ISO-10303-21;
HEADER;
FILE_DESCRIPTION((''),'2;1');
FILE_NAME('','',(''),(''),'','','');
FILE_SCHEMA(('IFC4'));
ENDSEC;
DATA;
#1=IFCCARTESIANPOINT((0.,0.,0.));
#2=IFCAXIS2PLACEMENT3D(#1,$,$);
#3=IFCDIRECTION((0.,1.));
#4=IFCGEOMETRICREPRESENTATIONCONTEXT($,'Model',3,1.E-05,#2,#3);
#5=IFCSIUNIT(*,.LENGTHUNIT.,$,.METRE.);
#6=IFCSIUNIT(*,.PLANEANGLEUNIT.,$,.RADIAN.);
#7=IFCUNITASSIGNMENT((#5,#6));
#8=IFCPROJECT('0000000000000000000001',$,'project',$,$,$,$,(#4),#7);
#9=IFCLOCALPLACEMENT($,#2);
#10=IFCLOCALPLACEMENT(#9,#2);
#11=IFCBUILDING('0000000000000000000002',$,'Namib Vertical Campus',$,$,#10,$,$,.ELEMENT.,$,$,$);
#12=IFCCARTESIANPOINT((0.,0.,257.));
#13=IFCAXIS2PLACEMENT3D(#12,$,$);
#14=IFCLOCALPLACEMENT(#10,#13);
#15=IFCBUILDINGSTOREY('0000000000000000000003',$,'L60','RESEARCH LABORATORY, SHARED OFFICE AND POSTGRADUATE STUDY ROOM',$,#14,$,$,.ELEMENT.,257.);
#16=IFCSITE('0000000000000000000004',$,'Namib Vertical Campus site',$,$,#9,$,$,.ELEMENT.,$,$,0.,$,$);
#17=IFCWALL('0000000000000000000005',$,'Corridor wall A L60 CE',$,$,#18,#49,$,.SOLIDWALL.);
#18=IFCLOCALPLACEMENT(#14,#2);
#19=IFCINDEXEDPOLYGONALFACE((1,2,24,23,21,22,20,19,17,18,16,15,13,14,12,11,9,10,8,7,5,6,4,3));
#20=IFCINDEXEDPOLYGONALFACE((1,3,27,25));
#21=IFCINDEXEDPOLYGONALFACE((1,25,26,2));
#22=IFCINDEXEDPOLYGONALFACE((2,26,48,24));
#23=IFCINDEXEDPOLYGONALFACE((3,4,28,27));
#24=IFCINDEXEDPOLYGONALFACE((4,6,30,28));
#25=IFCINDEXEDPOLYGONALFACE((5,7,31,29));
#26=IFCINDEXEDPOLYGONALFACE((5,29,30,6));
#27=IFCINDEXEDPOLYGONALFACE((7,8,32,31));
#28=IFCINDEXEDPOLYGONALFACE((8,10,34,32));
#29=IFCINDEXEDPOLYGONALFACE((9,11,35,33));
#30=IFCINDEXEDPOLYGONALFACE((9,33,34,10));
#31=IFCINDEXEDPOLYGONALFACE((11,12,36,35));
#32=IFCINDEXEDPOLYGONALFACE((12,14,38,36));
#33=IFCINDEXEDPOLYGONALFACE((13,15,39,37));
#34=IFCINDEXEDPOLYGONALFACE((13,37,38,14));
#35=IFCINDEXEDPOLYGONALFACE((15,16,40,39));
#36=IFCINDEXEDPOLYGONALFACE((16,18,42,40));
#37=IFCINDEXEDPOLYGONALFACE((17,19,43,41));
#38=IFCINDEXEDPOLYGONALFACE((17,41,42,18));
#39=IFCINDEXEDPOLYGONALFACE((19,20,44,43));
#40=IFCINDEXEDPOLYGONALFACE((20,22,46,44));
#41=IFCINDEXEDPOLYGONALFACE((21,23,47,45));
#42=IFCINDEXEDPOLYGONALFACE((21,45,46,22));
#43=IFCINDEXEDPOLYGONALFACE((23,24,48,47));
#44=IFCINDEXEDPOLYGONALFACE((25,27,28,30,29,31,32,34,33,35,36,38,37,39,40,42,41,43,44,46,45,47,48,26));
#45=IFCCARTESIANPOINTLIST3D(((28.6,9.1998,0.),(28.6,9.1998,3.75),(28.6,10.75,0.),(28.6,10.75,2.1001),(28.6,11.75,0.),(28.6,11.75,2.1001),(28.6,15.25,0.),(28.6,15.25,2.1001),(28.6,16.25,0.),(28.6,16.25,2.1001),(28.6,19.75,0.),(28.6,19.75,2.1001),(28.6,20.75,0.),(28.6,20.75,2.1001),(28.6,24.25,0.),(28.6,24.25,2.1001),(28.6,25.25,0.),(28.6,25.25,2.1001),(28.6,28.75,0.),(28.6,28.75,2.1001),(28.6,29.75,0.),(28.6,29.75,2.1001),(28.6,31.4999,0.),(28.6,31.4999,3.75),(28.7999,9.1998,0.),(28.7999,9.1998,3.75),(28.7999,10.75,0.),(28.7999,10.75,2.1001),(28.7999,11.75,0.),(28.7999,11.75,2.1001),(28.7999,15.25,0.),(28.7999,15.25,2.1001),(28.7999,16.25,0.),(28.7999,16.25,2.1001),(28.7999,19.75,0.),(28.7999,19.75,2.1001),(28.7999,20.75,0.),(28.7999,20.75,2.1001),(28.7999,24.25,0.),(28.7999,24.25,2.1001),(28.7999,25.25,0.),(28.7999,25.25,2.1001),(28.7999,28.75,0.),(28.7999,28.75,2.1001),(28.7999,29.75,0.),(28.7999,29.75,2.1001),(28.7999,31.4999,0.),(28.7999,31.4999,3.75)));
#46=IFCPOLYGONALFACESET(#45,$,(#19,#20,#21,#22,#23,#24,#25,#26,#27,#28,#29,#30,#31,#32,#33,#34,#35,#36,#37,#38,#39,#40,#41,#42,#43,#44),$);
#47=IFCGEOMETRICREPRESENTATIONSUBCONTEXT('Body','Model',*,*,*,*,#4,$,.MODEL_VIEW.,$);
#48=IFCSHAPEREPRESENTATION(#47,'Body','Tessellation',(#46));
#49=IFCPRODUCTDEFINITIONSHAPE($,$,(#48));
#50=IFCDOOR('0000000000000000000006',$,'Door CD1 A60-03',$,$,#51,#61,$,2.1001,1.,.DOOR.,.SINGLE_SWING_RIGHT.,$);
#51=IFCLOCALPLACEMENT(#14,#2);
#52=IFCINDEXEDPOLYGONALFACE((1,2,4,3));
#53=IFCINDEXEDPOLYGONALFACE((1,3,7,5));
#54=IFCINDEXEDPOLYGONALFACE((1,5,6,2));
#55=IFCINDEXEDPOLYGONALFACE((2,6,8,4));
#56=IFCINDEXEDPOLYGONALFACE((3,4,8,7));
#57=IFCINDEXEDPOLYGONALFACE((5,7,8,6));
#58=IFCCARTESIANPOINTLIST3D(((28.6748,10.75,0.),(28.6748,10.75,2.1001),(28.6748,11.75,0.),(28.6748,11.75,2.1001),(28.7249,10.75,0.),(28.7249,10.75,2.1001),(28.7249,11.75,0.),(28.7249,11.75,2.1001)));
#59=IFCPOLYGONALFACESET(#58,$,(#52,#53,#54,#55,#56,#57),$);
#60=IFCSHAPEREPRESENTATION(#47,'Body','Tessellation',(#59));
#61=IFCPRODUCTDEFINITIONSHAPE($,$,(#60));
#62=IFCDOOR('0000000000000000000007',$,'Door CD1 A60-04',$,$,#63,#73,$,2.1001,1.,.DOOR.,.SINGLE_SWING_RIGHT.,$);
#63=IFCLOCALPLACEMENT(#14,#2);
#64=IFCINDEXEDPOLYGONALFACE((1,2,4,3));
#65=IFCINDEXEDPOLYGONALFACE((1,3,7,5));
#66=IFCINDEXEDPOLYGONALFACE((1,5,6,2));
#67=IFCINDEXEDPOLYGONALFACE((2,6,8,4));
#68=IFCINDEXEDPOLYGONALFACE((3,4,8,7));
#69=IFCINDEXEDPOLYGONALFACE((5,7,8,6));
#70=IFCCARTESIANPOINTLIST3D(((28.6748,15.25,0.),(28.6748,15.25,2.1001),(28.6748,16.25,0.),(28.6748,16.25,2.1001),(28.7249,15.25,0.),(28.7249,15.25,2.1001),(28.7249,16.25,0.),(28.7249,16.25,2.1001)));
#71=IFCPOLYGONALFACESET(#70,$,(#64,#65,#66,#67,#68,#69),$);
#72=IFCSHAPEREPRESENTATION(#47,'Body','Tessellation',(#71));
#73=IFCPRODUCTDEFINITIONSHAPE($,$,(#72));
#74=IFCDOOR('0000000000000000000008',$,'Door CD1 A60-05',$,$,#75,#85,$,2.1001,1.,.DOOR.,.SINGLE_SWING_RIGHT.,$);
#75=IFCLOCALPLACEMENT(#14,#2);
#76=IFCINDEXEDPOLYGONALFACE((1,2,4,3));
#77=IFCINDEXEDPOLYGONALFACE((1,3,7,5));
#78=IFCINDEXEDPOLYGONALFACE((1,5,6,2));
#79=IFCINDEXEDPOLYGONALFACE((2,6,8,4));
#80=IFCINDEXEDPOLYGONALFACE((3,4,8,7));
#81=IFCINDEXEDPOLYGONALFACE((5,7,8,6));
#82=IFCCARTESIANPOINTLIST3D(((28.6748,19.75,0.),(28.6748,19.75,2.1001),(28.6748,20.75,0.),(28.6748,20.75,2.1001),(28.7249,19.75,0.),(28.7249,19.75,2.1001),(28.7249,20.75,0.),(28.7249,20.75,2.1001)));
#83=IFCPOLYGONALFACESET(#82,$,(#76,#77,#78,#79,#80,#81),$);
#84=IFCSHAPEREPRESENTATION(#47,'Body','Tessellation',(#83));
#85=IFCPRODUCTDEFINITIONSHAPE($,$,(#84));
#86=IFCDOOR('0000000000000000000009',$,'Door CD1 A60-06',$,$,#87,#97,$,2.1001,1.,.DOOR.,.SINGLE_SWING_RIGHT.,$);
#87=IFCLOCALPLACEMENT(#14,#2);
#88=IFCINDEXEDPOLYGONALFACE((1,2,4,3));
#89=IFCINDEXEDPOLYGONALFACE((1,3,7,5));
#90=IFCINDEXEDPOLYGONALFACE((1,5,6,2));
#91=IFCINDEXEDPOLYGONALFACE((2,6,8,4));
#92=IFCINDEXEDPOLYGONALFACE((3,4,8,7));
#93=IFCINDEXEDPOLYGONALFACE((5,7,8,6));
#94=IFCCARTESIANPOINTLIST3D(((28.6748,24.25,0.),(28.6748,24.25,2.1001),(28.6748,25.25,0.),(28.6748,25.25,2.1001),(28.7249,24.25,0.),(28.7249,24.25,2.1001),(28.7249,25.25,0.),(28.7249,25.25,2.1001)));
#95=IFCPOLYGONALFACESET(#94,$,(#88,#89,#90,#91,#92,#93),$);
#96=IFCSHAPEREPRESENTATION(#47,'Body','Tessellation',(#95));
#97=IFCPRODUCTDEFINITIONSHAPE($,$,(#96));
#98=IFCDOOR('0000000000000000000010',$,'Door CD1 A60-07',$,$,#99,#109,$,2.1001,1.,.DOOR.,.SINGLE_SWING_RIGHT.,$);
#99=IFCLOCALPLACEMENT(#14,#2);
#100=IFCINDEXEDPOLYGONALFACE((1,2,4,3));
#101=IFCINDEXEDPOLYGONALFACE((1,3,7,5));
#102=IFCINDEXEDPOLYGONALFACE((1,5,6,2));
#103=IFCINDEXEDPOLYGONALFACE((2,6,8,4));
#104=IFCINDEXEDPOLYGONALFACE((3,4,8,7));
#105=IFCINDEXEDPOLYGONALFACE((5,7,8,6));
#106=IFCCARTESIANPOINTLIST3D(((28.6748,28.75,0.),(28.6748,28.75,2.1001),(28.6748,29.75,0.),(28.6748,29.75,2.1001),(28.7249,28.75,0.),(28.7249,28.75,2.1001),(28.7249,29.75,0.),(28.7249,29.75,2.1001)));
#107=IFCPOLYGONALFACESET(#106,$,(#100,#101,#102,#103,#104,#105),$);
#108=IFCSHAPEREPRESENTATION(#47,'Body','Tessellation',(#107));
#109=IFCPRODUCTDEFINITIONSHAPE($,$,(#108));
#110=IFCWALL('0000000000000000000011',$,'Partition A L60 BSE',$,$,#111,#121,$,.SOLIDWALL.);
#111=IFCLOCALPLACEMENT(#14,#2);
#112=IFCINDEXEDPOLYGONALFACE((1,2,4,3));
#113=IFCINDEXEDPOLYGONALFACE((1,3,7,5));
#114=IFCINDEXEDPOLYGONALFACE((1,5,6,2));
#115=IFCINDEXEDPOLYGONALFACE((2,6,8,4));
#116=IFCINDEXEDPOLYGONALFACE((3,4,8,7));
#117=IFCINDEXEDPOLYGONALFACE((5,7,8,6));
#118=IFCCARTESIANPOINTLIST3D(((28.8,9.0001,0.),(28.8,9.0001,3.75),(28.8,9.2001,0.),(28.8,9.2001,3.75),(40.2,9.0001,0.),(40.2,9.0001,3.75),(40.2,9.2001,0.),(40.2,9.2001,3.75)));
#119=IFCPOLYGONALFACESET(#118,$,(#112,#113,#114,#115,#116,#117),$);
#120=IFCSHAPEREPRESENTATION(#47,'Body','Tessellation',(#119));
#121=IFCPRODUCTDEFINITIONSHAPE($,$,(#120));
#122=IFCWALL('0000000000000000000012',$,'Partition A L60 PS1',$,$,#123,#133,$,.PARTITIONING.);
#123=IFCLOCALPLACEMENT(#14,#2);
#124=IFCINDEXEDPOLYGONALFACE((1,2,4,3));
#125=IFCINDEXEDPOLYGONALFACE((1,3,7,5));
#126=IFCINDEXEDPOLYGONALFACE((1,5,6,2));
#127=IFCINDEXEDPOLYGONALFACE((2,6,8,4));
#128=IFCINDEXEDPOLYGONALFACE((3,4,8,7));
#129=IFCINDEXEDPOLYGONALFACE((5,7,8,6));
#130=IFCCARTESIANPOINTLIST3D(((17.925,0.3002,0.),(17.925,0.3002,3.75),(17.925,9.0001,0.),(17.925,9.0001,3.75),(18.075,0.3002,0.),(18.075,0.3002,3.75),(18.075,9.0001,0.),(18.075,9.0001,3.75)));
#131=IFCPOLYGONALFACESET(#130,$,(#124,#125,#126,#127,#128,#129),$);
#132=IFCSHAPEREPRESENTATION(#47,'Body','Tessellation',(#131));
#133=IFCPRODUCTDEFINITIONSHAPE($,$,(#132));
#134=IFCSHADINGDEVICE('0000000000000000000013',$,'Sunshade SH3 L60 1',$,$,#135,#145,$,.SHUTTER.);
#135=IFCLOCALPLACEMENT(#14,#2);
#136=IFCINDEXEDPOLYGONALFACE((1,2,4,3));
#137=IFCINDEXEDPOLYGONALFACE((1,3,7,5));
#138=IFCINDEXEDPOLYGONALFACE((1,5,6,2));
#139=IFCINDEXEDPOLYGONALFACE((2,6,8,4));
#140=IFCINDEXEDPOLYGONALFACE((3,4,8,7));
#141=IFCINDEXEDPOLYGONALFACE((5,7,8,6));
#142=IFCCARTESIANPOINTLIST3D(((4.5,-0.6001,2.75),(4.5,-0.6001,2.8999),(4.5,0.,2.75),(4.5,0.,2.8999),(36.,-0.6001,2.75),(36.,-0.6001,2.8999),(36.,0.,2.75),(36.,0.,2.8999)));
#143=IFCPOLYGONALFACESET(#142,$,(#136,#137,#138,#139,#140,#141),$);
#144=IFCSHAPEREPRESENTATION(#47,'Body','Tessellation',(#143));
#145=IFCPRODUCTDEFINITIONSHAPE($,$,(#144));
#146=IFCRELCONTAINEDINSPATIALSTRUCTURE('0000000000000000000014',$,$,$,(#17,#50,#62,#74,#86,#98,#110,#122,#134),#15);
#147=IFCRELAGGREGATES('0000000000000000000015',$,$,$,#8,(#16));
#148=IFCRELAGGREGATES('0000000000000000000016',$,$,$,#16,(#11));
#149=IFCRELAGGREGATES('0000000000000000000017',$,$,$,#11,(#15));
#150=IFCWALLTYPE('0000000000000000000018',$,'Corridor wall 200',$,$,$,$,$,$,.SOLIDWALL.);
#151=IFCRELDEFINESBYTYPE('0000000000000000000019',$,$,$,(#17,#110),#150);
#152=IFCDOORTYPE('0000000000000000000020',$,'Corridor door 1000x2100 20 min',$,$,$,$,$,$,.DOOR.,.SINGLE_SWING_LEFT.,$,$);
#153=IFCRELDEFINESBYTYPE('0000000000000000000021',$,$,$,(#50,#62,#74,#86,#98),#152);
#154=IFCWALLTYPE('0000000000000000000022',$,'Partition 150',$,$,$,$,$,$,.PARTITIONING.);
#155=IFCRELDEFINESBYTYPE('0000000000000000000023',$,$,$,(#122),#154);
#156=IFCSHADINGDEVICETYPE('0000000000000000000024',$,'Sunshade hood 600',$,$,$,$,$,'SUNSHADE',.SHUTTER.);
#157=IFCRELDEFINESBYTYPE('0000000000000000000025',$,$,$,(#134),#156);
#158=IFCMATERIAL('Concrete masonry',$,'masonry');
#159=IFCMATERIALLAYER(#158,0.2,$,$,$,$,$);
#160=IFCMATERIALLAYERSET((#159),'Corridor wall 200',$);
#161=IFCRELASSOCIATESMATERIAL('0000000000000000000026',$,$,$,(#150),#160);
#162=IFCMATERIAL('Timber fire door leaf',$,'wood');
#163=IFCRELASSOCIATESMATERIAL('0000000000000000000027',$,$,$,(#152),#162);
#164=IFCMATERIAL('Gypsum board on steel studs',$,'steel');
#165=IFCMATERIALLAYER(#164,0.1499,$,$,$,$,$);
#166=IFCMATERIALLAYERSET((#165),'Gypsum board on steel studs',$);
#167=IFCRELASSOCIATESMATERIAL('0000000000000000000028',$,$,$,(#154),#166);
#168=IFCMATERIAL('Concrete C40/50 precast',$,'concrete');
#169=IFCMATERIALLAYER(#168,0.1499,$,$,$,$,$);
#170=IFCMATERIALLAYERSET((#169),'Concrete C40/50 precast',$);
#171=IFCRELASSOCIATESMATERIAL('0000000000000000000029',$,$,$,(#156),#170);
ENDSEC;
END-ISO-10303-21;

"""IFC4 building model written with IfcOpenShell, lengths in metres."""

from ifc_helpers import new_model, si_unit, direction, frame, frame_2d, origin, origin_2d, place, context, subcontext, project, spatial, rectangle, extrude, material, layer, layer_set, type_object, element, fill, save


model = new_model("IFC4")

# Units and contexts
model_context = context("Model", 3, precision=1e-05, world=origin(), true_north=direction((0.0, 1.0)))
body_context = subcontext(model_context, "Body", "Model", "MODEL_VIEW")
ifc_project = project(units=[si_unit("LENGTHUNIT", "METRE"), si_unit("PLANEANGLEUNIT", "RADIAN")], contexts=[model_context])

# Site, building, storey
site_placement = place(None, origin())
site = spatial("IfcSite", under=ifc_project, at=site_placement, Name="Namib Vertical Campus site", CompositionType="ELEMENT", RefElevation=0.0)
building_placement = place(site_placement, origin())
building = spatial("IfcBuilding", under=site, at=building_placement, Name="Namib Vertical Campus", CompositionType="ELEMENT")
storey_placement = place(building_placement, frame((0.0, 0.0, 257.0)))
storey = spatial("IfcBuildingStorey", under=building, at=storey_placement, Name="L60", Description="RESEARCH LABORATORY, SHARED OFFICE AND POSTGRADUATE STUDY ROOM", CompositionType="ELEMENT", Elevation=257.0)

# Wall, openings, doors
ifc_material_1 = material(Name="Concrete masonry", Category="masonry")
ifc_layer_1 = layer(ifc_material_1, 0.2)
ifc_layer_set_1 = layer_set([ifc_layer_1], Name="Corridor wall 200")
wall_type_1 = type_object("IfcWallType", Name="Corridor wall 200", PredefinedType="SOLIDWALL", material=ifc_layer_set_1)
wall_1_placement = place(storey_placement, frame((28.7, 9.2, 0.0), z_axis=(0.0, 0.0, 1.0), x_axis=(0.0, 1.0, 0.0)))
wall_1 = element("IfcWall", 1, at=wall_1_placement, inside=storey, type_object=wall_type_1, Name="Corridor wall A L60 CE", PredefinedType="SOLIDWALL", context=body_context, shape_type="SweptSolid", body=[
    extrude(rectangle(XDim=22.3, YDim=0.2, at=frame_2d((11.1499, 0.0))), origin(), (0.0, 0.0, 1.0), 3.75),
])
opening_1_placement = place(wall_1_placement, frame((1.55, 0.0, 0.0)))
opening_1 = element("IfcOpeningElement", 2, at=opening_1_placement, cuts=wall_1, PredefinedType="OPENING", context=body_context, shape_type="SweptSolid", body=[
    extrude(rectangle(XDim=1.0, YDim=2.1001, at=frame_2d((0.5, 1.05))), frame((0.0, 0.1099, 0.0), z_axis=(0.0, -1.0, 0.0), x_axis=(1.0, 0.0, 0.0)), (0.0, 0.0, 1.0), 0.22),
])
opening_2_placement = place(wall_1_placement, frame((6.05, 0.0, 0.0)))
opening_2 = element("IfcOpeningElement", 3, at=opening_2_placement, cuts=wall_1, PredefinedType="OPENING", context=body_context, shape_type="SweptSolid", body=[
    extrude(rectangle(XDim=1.0, YDim=2.1001, at=frame_2d((0.5, 1.05))), frame((0.0, 0.1099, 0.0), z_axis=(0.0, -1.0, 0.0), x_axis=(1.0, 0.0, 0.0)), (0.0, 0.0, 1.0), 0.22),
])
opening_3_placement = place(wall_1_placement, frame((10.55, 0.0, 0.0)))
opening_3 = element("IfcOpeningElement", 4, at=opening_3_placement, cuts=wall_1, PredefinedType="OPENING", context=body_context, shape_type="SweptSolid", body=[
    extrude(rectangle(XDim=1.0, YDim=2.1001, at=frame_2d((0.5, 1.05))), frame((0.0, 0.1099, 0.0), z_axis=(0.0, -1.0, 0.0), x_axis=(1.0, 0.0, 0.0)), (0.0, 0.0, 1.0), 0.22),
])
opening_4_placement = place(wall_1_placement, frame((15.05, 0.0, 0.0)))
opening_4 = element("IfcOpeningElement", 5, at=opening_4_placement, cuts=wall_1, PredefinedType="OPENING", context=body_context, shape_type="SweptSolid", body=[
    extrude(rectangle(XDim=1.0, YDim=2.1001, at=frame_2d((0.5, 1.05))), frame((0.0, 0.1099, 0.0), z_axis=(0.0, -1.0, 0.0), x_axis=(1.0, 0.0, 0.0)), (0.0, 0.0, 1.0), 0.22),
])
opening_5_placement = place(wall_1_placement, frame((19.55, 0.0, 0.0)))
opening_5 = element("IfcOpeningElement", 6, at=opening_5_placement, cuts=wall_1, PredefinedType="OPENING", context=body_context, shape_type="SweptSolid", body=[
    extrude(rectangle(XDim=1.0, YDim=2.1001, at=frame_2d((0.5, 1.05))), frame((0.0, 0.1099, 0.0), z_axis=(0.0, -1.0, 0.0), x_axis=(1.0, 0.0, 0.0)), (0.0, 0.0, 1.0), 0.22),
])
ifc_material_2 = material(Name="Timber fire door leaf", Category="wood")
door_type_1 = type_object("IfcDoorType", Name="Corridor door 1000x2100 20 min", OperationType="SINGLE_SWING_LEFT", PredefinedType="DOOR", material=ifc_material_2)
door_1_placement = place(opening_1_placement, frame((1.0, 0.0, 0.0), z_axis=(0.0, 0.0, 1.0), x_axis=(-1.0, 0.0, 0.0)))
door_1 = element("IfcDoor", 7, at=door_1_placement, inside=storey, type_object=door_type_1, Name="Door CD1 A60-03", OperationType="SINGLE_SWING_RIGHT", OverallHeight=2.1001, OverallWidth=1.0, PredefinedType="DOOR", context=body_context, shape_type="SweptSolid", body=[
    extrude(rectangle(XDim=1.0, YDim=2.1001, at=frame_2d((0.5, 1.05))), frame((0.0, 0.0249, 0.0), z_axis=(0.0, -1.0, 0.0), x_axis=(1.0, 0.0, 0.0)), (0.0, 0.0, 1.0), 0.05),
])
fill(opening_1, door_1)
door_2_placement = place(opening_2_placement, frame((1.0, 0.0, 0.0), z_axis=(0.0, 0.0, 1.0), x_axis=(-1.0, 0.0, 0.0)))
door_2 = element("IfcDoor", 8, at=door_2_placement, inside=storey, type_object=door_type_1, Name="Door CD1 A60-04", OperationType="SINGLE_SWING_RIGHT", OverallHeight=2.1001, OverallWidth=1.0, PredefinedType="DOOR", context=body_context, shape_type="SweptSolid", body=[
    extrude(rectangle(XDim=1.0, YDim=2.1001, at=frame_2d((0.5, 1.05))), frame((0.0, 0.0249, 0.0), z_axis=(0.0, -1.0, 0.0), x_axis=(1.0, 0.0, 0.0)), (0.0, 0.0, 1.0), 0.05),
])
fill(opening_2, door_2)
door_3_placement = place(opening_3_placement, frame((1.0, 0.0, 0.0), z_axis=(0.0, 0.0, 1.0), x_axis=(-1.0, 0.0, 0.0)))
door_3 = element("IfcDoor", 9, at=door_3_placement, inside=storey, type_object=door_type_1, Name="Door CD1 A60-05", OperationType="SINGLE_SWING_RIGHT", OverallHeight=2.1001, OverallWidth=1.0, PredefinedType="DOOR", context=body_context, shape_type="SweptSolid", body=[
    extrude(rectangle(XDim=1.0, YDim=2.1001, at=frame_2d((0.5, 1.05))), frame((0.0, 0.0249, 0.0), z_axis=(0.0, -1.0, 0.0), x_axis=(1.0, 0.0, 0.0)), (0.0, 0.0, 1.0), 0.05),
])
fill(opening_3, door_3)
door_4_placement = place(opening_4_placement, frame((1.0, 0.0, 0.0), z_axis=(0.0, 0.0, 1.0), x_axis=(-1.0, 0.0, 0.0)))
door_4 = element("IfcDoor", 10, at=door_4_placement, inside=storey, type_object=door_type_1, Name="Door CD1 A60-06", OperationType="SINGLE_SWING_RIGHT", OverallHeight=2.1001, OverallWidth=1.0, PredefinedType="DOOR", context=body_context, shape_type="SweptSolid", body=[
    extrude(rectangle(XDim=1.0, YDim=2.1001, at=frame_2d((0.5, 1.05))), frame((0.0, 0.0249, 0.0), z_axis=(0.0, -1.0, 0.0), x_axis=(1.0, 0.0, 0.0)), (0.0, 0.0, 1.0), 0.05),
])
fill(opening_4, door_4)
door_5_placement = place(opening_5_placement, frame((1.0, 0.0, 0.0), z_axis=(0.0, 0.0, 1.0), x_axis=(-1.0, 0.0, 0.0)))
door_5 = element("IfcDoor", 11, at=door_5_placement, inside=storey, type_object=door_type_1, Name="Door CD1 A60-07", OperationType="SINGLE_SWING_RIGHT", OverallHeight=2.1001, OverallWidth=1.0, PredefinedType="DOOR", context=body_context, shape_type="SweptSolid", body=[
    extrude(rectangle(XDim=1.0, YDim=2.1001, at=frame_2d((0.5, 1.05))), frame((0.0, 0.0249, 0.0), z_axis=(0.0, -1.0, 0.0), x_axis=(1.0, 0.0, 0.0)), (0.0, 0.0, 1.0), 0.05),
])
fill(opening_5, door_5)

# Walls
wall_2_placement = place(storey_placement, frame((28.8, 9.1001, 0.0), z_axis=(0.0, 0.0, 1.0), x_axis=(1.0, 0.0, 0.0)))
element("IfcWall", 12, at=wall_2_placement, inside=storey, type_object=wall_type_1, Name="Partition A L60 BSE", PredefinedType="SOLIDWALL", context=body_context, shape_type="SweptSolid", body=[
    extrude(rectangle(XDim=11.3999, YDim=0.2, at=frame_2d((5.7, 0.0))), origin(), (0.0, 0.0, 1.0), 3.75),
])
ifc_material_3 = material(Name="Gypsum board on steel studs", Category="steel")
ifc_layer_2 = layer(ifc_material_3, 0.1499)
ifc_layer_set_2 = layer_set([ifc_layer_2], Name="Gypsum board on steel studs")
wall_type_2 = type_object("IfcWallType", Name="Partition 150", PredefinedType="PARTITIONING", material=ifc_layer_set_2)
wall_3_placement = place(storey_placement, frame((18.0, 0.3, 0.0), z_axis=(0.0, 0.0, 1.0), x_axis=(0.0, 1.0, 0.0)))
element("IfcWall", 13, at=wall_3_placement, inside=storey, type_object=wall_type_2, Name="Partition A L60 PS1", PredefinedType="PARTITIONING", context=body_context, shape_type="SweptSolid", body=[
    extrude(rectangle(XDim=8.7, YDim=0.1499, at=frame_2d((4.3501, 0.0))), origin(), (0.0, 0.0, 1.0), 3.75),
])

# Shading device
ifc_material_4 = material(Name="Concrete C40/50 precast", Category="concrete")
ifc_layer_3 = layer(ifc_material_4, 0.1499)
ifc_layer_set_3 = layer_set([ifc_layer_3], Name="Concrete C40/50 precast")
shading_device_type = type_object("IfcShadingDeviceType", Name="Sunshade hood 600", ElementType="SUNSHADE", PredefinedType="SHUTTER", material=ifc_layer_set_3)
shading_device_placement = place(storey_placement, frame((20.25, -0.3, 2.75), z_axis=(0.0, 0.0, 1.0), x_axis=(1.0, 0.0, 0.0)))
element("IfcShadingDevice", 14, at=shading_device_placement, inside=storey, type_object=shading_device_type, Name="Sunshade SH3 L60 1", PredefinedType="SHUTTER", context=body_context, shape_type="SweptSolid", body=[
    extrude(rectangle(XDim=31.5, YDim=0.6001, at=origin_2d()), origin(), (0.0, 0.0, 1.0), 0.1499),
])

save(model, "model.ifc")
